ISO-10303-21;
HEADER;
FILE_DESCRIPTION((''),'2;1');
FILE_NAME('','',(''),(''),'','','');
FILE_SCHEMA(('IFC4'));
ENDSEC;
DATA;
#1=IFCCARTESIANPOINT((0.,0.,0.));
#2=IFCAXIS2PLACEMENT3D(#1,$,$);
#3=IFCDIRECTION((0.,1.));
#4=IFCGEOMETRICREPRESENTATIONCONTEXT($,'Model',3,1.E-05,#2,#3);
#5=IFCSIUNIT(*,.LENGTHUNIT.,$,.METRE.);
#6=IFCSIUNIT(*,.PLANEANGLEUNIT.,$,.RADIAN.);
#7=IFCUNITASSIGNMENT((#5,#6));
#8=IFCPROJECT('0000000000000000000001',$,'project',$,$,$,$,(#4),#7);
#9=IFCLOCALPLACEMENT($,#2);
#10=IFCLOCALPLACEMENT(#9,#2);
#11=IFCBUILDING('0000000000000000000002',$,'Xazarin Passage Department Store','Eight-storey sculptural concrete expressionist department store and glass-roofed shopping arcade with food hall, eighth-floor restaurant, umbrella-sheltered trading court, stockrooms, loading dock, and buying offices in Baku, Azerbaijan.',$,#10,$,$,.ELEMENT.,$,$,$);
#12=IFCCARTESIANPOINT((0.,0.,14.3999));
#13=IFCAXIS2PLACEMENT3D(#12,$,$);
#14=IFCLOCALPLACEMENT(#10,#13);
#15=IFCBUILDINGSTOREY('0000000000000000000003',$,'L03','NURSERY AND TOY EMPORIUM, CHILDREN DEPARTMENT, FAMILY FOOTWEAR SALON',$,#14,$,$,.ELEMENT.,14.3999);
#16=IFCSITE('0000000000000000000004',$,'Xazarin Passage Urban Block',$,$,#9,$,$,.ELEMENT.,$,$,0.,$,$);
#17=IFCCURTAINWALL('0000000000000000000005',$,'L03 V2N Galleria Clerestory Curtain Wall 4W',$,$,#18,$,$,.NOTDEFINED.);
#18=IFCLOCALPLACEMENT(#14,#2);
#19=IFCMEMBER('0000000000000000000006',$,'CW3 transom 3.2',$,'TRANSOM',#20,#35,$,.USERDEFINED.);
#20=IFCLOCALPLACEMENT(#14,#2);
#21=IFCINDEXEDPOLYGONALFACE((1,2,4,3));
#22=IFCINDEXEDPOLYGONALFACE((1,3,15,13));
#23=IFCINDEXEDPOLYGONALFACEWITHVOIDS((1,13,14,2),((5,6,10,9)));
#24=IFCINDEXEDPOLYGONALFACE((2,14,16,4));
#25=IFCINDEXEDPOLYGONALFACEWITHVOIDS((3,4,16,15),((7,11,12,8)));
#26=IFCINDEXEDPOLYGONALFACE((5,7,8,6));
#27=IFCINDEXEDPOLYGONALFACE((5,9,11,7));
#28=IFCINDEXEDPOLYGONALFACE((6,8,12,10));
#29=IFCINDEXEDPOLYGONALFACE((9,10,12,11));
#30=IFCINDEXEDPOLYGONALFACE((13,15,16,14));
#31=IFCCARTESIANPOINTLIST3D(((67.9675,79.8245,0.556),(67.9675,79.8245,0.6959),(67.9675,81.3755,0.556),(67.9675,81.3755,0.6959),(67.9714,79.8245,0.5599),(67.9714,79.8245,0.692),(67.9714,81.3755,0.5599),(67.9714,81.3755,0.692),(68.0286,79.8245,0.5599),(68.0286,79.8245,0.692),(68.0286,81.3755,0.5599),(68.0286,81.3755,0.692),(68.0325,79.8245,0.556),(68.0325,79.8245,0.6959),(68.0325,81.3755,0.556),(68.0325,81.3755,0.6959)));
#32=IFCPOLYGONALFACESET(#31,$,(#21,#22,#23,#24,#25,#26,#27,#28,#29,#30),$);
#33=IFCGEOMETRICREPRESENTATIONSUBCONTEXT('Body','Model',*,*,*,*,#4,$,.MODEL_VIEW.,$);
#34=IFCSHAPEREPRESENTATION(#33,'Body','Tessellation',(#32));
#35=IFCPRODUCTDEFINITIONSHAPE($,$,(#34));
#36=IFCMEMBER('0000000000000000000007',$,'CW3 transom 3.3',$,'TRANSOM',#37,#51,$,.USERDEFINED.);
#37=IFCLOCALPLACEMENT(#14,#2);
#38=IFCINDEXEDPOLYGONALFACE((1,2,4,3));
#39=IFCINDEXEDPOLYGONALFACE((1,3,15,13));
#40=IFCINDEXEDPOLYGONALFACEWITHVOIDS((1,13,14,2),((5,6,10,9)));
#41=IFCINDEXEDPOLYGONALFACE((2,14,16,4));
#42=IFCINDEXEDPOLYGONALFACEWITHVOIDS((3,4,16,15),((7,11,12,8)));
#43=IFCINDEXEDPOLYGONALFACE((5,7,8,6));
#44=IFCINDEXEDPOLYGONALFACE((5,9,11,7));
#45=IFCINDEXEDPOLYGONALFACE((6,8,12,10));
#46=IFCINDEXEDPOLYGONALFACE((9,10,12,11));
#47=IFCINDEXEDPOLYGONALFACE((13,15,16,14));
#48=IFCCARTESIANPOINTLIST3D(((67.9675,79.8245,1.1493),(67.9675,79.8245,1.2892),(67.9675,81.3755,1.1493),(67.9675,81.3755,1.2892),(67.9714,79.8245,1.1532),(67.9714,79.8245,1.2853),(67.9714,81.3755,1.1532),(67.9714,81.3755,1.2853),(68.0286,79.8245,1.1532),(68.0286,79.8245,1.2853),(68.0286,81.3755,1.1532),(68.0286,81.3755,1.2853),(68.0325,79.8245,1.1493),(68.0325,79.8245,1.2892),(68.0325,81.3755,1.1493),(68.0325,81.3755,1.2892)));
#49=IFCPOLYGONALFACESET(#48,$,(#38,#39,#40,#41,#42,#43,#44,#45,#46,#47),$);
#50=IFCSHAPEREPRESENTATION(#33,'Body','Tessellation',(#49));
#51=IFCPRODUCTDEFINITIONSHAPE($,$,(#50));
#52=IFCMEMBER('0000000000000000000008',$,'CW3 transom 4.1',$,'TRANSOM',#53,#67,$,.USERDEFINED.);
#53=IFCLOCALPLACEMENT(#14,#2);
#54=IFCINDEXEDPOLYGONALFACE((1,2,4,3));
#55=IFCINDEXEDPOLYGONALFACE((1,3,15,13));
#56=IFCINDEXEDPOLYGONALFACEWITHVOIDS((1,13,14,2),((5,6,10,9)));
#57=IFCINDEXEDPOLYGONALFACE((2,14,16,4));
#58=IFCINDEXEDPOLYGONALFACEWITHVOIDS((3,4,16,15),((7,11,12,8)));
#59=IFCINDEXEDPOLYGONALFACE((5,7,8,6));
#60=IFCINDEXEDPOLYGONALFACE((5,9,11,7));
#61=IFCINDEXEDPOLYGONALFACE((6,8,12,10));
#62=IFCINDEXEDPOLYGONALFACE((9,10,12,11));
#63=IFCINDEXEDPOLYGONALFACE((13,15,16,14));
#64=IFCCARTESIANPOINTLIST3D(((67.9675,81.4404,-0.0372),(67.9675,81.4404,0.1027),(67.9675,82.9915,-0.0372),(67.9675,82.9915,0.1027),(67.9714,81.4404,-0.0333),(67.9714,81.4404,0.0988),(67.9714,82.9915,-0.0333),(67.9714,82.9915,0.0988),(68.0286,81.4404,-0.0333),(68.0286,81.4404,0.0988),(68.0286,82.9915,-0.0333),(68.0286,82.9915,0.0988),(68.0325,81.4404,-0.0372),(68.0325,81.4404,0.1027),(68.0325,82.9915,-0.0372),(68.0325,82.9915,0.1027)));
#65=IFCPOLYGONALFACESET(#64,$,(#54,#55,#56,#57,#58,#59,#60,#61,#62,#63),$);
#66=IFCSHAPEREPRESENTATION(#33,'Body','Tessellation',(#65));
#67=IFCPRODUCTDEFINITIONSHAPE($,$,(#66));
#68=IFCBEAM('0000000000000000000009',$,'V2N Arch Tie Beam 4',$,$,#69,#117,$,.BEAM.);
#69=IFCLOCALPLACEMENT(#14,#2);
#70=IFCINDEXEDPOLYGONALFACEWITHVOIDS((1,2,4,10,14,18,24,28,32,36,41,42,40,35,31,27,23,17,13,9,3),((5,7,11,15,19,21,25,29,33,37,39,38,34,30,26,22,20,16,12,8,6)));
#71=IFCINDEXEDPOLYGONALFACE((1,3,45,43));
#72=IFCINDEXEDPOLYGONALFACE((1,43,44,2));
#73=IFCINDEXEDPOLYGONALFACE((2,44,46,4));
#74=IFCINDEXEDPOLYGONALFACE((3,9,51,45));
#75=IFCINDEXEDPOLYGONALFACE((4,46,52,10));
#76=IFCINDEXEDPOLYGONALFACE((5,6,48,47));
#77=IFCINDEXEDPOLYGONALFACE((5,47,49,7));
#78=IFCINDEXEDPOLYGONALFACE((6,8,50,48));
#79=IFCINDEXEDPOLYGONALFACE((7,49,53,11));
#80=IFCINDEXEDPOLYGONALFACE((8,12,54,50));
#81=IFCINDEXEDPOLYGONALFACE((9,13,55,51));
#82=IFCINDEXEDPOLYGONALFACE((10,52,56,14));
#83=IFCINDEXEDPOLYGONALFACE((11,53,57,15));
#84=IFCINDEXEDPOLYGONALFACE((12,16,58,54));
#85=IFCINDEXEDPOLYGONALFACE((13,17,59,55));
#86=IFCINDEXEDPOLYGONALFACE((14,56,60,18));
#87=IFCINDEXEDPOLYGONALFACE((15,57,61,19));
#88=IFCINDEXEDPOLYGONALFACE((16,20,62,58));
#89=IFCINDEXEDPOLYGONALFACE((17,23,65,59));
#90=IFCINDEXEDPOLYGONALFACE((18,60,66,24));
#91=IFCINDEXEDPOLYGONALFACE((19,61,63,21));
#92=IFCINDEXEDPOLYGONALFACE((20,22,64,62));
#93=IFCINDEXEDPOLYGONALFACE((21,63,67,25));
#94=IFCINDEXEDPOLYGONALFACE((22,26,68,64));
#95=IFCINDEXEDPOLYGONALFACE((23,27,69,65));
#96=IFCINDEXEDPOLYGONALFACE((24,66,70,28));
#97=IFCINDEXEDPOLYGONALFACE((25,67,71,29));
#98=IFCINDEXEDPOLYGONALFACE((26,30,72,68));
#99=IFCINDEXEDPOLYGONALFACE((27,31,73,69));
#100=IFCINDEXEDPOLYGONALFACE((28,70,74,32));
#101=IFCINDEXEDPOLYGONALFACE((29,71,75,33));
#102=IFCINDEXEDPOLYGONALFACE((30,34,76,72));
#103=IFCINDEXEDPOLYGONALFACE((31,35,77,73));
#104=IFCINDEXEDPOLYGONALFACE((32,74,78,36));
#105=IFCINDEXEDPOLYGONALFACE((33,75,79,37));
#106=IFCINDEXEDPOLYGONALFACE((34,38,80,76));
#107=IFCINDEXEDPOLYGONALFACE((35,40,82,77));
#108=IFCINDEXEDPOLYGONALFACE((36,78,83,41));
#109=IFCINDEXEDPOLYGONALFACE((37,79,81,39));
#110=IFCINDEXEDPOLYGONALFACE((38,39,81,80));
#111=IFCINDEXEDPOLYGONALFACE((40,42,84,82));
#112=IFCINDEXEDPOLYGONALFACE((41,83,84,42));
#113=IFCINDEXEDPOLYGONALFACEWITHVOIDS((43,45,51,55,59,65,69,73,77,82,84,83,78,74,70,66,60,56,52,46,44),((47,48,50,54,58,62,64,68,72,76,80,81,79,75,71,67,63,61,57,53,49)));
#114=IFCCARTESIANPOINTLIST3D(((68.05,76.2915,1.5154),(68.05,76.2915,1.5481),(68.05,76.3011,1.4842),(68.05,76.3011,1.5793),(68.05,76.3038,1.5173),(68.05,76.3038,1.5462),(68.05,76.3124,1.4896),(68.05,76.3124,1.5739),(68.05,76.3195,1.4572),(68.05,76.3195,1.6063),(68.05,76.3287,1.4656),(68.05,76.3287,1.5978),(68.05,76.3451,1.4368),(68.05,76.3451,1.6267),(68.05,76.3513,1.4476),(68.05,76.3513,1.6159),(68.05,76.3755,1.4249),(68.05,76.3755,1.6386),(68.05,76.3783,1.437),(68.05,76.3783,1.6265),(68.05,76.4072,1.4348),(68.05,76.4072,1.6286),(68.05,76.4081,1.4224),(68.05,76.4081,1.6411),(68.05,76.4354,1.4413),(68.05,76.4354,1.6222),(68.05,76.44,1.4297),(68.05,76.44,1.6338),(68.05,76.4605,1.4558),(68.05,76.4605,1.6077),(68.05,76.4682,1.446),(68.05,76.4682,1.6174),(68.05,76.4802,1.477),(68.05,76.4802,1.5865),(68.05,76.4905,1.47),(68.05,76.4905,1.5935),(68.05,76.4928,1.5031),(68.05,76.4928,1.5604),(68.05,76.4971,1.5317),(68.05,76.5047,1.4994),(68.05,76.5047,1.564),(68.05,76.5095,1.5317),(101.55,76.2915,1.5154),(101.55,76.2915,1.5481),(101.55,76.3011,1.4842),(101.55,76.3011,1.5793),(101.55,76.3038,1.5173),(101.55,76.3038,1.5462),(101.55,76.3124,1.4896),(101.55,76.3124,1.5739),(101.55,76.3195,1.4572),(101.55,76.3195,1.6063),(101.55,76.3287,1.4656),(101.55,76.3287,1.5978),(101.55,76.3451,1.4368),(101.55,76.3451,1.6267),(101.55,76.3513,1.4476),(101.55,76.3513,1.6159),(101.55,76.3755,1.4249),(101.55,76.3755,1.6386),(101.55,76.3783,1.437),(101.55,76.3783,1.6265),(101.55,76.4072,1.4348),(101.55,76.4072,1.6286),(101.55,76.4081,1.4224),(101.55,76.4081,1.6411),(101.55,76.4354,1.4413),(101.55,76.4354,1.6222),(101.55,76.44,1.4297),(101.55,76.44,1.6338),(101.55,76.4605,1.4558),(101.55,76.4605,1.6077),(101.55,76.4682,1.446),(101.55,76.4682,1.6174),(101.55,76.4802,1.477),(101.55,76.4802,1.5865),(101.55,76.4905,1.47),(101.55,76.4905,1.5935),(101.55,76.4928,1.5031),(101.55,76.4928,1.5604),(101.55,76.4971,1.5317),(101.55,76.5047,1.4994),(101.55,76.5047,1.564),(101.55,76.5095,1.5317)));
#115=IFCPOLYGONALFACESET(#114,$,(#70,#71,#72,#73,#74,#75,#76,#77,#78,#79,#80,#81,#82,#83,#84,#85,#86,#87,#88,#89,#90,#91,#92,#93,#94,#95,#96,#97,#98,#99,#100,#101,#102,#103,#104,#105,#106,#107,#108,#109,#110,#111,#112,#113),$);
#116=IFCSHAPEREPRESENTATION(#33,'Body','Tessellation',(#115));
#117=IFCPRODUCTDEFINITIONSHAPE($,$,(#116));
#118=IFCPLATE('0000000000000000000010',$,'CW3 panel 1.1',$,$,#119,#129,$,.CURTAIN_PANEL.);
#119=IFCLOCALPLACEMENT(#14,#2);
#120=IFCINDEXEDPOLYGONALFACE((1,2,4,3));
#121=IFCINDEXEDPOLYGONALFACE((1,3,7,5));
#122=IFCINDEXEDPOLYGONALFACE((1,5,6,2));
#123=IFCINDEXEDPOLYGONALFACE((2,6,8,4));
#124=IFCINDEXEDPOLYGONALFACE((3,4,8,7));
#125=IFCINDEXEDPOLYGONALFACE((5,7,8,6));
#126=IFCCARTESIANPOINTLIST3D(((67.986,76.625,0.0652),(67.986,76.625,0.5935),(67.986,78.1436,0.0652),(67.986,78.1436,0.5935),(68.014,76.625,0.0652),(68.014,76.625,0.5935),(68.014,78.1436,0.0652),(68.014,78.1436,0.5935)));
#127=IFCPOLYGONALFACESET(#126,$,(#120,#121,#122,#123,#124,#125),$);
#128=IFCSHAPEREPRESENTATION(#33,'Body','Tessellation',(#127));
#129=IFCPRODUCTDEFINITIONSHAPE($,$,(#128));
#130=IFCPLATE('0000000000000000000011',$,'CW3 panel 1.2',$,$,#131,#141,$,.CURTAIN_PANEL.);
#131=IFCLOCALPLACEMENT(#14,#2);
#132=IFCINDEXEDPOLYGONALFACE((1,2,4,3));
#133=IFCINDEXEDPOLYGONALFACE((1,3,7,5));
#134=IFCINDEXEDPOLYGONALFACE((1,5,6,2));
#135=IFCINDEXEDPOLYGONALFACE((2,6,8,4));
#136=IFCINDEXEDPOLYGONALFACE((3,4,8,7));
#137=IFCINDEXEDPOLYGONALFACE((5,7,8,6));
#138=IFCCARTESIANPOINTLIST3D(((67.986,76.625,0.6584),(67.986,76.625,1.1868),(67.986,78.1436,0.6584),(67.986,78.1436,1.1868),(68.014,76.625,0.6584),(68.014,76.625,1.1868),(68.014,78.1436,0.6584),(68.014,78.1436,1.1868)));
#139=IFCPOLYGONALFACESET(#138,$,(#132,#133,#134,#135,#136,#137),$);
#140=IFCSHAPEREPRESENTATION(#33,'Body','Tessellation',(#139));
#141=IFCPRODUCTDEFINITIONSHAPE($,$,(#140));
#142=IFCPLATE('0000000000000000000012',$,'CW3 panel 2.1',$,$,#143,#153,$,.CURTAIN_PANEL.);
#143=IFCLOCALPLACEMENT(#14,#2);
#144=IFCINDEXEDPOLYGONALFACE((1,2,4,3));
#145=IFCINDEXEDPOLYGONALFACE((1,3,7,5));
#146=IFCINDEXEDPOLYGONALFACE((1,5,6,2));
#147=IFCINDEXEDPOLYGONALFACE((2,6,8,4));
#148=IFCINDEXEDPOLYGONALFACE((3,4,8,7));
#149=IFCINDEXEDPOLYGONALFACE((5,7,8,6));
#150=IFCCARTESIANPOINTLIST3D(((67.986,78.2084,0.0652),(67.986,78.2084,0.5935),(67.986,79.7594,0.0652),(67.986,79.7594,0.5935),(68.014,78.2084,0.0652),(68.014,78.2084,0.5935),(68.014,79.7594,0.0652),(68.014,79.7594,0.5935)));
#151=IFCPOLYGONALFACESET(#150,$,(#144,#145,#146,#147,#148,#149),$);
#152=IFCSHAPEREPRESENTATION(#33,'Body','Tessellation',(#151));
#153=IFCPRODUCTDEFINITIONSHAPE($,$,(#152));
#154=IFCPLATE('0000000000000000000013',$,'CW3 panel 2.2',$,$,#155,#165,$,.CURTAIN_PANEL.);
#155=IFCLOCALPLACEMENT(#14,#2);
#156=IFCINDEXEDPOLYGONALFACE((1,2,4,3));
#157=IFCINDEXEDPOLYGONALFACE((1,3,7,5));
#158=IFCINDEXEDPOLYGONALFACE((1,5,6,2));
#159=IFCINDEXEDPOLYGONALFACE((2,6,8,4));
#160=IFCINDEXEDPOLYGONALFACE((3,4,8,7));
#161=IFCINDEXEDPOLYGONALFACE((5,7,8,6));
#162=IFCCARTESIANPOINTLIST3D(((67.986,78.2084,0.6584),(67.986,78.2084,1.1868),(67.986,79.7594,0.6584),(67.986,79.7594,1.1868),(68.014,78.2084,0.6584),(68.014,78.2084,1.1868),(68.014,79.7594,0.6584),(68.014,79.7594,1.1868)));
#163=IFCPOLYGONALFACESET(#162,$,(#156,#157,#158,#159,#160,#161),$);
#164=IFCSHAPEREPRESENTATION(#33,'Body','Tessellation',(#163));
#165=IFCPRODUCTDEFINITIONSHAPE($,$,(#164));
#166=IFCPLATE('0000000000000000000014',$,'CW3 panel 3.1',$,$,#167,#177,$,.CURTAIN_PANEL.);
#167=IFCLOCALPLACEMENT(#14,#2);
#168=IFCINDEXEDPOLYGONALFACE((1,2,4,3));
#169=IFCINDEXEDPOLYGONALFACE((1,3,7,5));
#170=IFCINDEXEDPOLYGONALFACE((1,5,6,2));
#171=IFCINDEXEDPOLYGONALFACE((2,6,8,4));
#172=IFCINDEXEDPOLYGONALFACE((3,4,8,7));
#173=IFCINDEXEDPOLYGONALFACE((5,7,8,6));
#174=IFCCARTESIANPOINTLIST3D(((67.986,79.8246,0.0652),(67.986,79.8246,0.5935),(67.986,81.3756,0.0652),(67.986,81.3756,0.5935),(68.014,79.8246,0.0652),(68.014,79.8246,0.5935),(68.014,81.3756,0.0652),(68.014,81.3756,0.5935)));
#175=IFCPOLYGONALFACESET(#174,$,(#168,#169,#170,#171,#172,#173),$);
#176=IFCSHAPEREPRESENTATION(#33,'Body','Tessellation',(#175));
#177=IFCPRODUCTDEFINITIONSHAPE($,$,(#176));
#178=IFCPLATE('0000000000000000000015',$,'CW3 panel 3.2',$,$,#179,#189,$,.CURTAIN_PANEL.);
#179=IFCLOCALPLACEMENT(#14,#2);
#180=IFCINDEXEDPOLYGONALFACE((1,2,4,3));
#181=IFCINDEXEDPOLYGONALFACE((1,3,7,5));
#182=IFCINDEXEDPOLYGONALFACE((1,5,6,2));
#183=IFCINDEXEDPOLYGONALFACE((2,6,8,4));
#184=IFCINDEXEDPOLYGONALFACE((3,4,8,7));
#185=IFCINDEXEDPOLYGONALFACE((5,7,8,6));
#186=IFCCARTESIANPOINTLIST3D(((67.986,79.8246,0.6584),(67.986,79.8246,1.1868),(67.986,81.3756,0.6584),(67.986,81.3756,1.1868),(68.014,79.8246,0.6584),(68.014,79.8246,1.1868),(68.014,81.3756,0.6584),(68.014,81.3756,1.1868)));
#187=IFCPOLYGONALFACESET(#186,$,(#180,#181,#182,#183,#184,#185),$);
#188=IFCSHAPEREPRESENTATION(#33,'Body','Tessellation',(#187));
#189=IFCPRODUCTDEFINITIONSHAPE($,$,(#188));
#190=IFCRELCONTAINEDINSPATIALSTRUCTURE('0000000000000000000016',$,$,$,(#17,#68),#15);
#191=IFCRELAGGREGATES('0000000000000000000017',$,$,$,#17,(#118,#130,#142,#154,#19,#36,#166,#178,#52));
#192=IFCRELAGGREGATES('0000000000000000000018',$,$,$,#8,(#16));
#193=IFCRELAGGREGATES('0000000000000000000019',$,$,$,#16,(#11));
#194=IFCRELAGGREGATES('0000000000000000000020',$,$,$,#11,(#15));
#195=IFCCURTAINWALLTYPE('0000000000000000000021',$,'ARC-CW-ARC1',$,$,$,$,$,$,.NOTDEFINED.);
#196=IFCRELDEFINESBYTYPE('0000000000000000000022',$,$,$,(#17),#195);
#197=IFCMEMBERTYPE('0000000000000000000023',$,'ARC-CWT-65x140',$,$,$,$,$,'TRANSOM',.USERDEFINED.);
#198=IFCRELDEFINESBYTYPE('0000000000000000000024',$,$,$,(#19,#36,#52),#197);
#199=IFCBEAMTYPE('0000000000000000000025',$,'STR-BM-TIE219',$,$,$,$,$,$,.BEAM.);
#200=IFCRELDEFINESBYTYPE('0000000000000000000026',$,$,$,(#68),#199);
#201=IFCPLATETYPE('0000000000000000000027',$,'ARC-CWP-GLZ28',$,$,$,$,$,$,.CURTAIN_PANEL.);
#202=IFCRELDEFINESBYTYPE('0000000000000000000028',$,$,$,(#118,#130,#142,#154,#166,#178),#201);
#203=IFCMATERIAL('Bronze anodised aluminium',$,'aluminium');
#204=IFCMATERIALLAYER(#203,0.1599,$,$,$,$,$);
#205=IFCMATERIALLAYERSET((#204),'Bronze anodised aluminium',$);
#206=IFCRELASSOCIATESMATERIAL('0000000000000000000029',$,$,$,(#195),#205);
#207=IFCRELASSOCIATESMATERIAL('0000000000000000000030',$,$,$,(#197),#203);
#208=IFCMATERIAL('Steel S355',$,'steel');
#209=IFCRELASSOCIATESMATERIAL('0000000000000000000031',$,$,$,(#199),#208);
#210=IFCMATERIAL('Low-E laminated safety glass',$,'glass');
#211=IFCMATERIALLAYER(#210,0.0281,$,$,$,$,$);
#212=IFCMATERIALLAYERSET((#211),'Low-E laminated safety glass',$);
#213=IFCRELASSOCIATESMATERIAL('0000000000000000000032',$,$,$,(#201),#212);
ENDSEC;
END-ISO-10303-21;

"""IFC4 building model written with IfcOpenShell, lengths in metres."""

from ifc_helpers import new_model, si_unit, direction, frame, origin, origin_2d, place, context, subcontext, project, spatial, rectangle, hollow_rectangle, hollow_circle, extrude, material, layer, layer_set, material_profile, profile_set, type_object, element, aggregate, save


model = new_model("IFC4")

# Units and contexts
model_context = context("Model", 3, precision=1e-05, world=origin(), true_north=direction((0.0, 1.0)))
body_context = subcontext(model_context, "Body", "Model", "MODEL_VIEW")
ifc_project = project(units=[si_unit("LENGTHUNIT", "METRE"), si_unit("PLANEANGLEUNIT", "RADIAN")], contexts=[model_context])

# Site, building, storey
site_placement = place(None, origin())
site = spatial("IfcSite", under=ifc_project, at=site_placement, Name="Xazarin Passage Urban Block", CompositionType="ELEMENT", RefElevation=0.0)
building_placement = place(site_placement, origin())
building = spatial("IfcBuilding", under=site, at=building_placement, Name="Xazarin Passage Department Store", Description="Eight-storey sculptural concrete expressionist department store and glass-roofed shopping arcade with food hall, eighth-floor restaurant, umbrella-sheltered trading court, stockrooms, loading dock, and buying offices in Baku, Azerbaijan.", CompositionType="ELEMENT")
storey_placement = place(building_placement, frame((0.0, 0.0, 14.3999)))
storey = spatial("IfcBuildingStorey", under=building, at=storey_placement, Name="L03", Description="NURSERY AND TOY EMPORIUM, CHILDREN DEPARTMENT, FAMILY FOOTWEAR SALON", CompositionType="ELEMENT", Elevation=14.3999)

# Curtain wall, members
ifc_material_1 = material(Name="Bronze anodised aluminium", Category="aluminium")
ifc_layer_1 = layer(ifc_material_1, 0.1599)
ifc_layer_set_1 = layer_set([ifc_layer_1], Name="Bronze anodised aluminium")
curtain_wall_type = type_object("IfcCurtainWallType", Name="ARC-CW-ARC1", PredefinedType="NOTDEFINED", material=ifc_layer_set_1)
curtain_wall_placement = place(storey_placement, origin())
curtain_wall = element("IfcCurtainWall", 1, at=curtain_wall_placement, inside=storey, type_object=curtain_wall_type, Name="L03 V2N Galleria Clerestory Curtain Wall 4W", PredefinedType="NOTDEFINED")
ifc_material_profile_1 = material_profile(ifc_material_1, hollow_rectangle(XDim=0.0649, YDim=0.1399, WallThickness=0.0039, at=origin_2d()), Name="ALU 65x140")
ifc_profile_set_1 = profile_set([ifc_material_profile_1], Name="Bronze anodised aluminium")
member_type_1 = type_object("IfcMemberType", Name="ARC-CWT-65x140", ElementType="TRANSOM", PredefinedType="USERDEFINED", material=ifc_profile_set_1)
member_1_placement = place(storey_placement, frame((68.0, 79.8245, 0.626), z_axis=(0.0, 1.0, 0.0), x_axis=(-1.0, 0.0, 0.0)))
member_1 = element("IfcMember", 2, at=member_1_placement, type_object=member_type_1, Name="CW3 transom 3.2", ObjectType="TRANSOM", PredefinedType="USERDEFINED", context=body_context, shape_type="SweptSolid", body=[
    extrude(hollow_rectangle(XDim=0.0649, YDim=0.1399, WallThickness=0.0039, at=origin_2d()), origin(), (0.0, 0.0, 1.0), 1.551),
])
member_2_placement = place(storey_placement, frame((68.0, 79.8245, 1.2192), z_axis=(0.0, 1.0, 0.0), x_axis=(-1.0, 0.0, 0.0)))
member_2 = element("IfcMember", 3, at=member_2_placement, type_object=member_type_1, Name="CW3 transom 3.3", ObjectType="TRANSOM", PredefinedType="USERDEFINED", context=body_context, shape_type="SweptSolid", body=[
    extrude(hollow_rectangle(XDim=0.0649, YDim=0.1399, WallThickness=0.0039, at=origin_2d()), origin(), (0.0, 0.0, 1.0), 1.551),
])
member_3_placement = place(storey_placement, frame((68.0, 81.4404, 0.0327), z_axis=(0.0, 1.0, 0.0), x_axis=(-1.0, 0.0, 0.0)))
member_3 = element("IfcMember", 4, at=member_3_placement, type_object=member_type_1, Name="CW3 transom 4.1", ObjectType="TRANSOM", PredefinedType="USERDEFINED", context=body_context, shape_type="SweptSolid", body=[
    extrude(hollow_rectangle(XDim=0.0649, YDim=0.1399, WallThickness=0.0039, at=origin_2d()), origin(), (0.0, 0.0, 1.0), 1.551),
])

# Beam
ifc_material_2 = material(Name="Steel S355", Category="steel")
ifc_material_profile_2 = material_profile(ifc_material_2, hollow_circle(Radius=0.1096, WallThickness=0.0125, at=origin_2d()), Name="CHS 219.1x12.5")
ifc_profile_set_2 = profile_set([ifc_material_profile_2], Name="Steel S355")
beam_type = type_object("IfcBeamType", Name="STR-BM-TIE219", PredefinedType="BEAM", material=ifc_profile_set_2)
beam_placement = place(storey_placement, frame((68.05, 76.3999, 1.5317), z_axis=(1.0, 0.0, 0.0), x_axis=(0.0, 1.0, 0.0)))
element("IfcBeam", 5, at=beam_placement, inside=storey, type_object=beam_type, Name="V2N Arch Tie Beam 4", PredefinedType="BEAM", context=body_context, shape_type="SweptSolid", body=[
    extrude(hollow_circle(Radius=0.1096, WallThickness=0.0125, at=origin_2d()), origin(), (0.0, 0.0, 1.0), 33.5),
])

# Plates
ifc_material_3 = material(Name="Low-E laminated safety glass", Category="glass")
ifc_layer_2 = layer(ifc_material_3, 0.0281)
ifc_layer_set_2 = layer_set([ifc_layer_2], Name="Low-E laminated safety glass")
plate_type = type_object("IfcPlateType", Name="ARC-CWP-GLZ28", PredefinedType="CURTAIN_PANEL", material=ifc_layer_set_2)
plate_1_placement = place(storey_placement, frame((68.0, 77.3843, 0.0652), z_axis=(0.0, 0.0, 1.0), x_axis=(0.0, 1.0, 0.0)))
plate_1 = element("IfcPlate", 6, at=plate_1_placement, type_object=plate_type, Name="CW3 panel 1.1", PredefinedType="CURTAIN_PANEL", context=body_context, shape_type="SweptSolid", body=[
    extrude(rectangle(XDim=1.5186, YDim=0.0281, at=origin_2d()), origin(), (0.0, 0.0, 1.0), 0.5283),
])
plate_2_placement = place(storey_placement, frame((68.0, 77.3843, 0.6584), z_axis=(0.0, 0.0, 1.0), x_axis=(0.0, 1.0, 0.0)))
plate_2 = element("IfcPlate", 7, at=plate_2_placement, type_object=plate_type, Name="CW3 panel 1.2", PredefinedType="CURTAIN_PANEL", context=body_context, shape_type="SweptSolid", body=[
    extrude(rectangle(XDim=1.5186, YDim=0.0281, at=origin_2d()), origin(), (0.0, 0.0, 1.0), 0.5283),
])
plate_3_placement = place(storey_placement, frame((68.0, 78.9839, 0.0652), z_axis=(0.0, 0.0, 1.0), x_axis=(0.0, 1.0, 0.0)))
plate_3 = element("IfcPlate", 8, at=plate_3_placement, type_object=plate_type, Name="CW3 panel 2.1", PredefinedType="CURTAIN_PANEL", context=body_context, shape_type="SweptSolid", body=[
    extrude(rectangle(XDim=1.551, YDim=0.0281, at=origin_2d()), origin(), (0.0, 0.0, 1.0), 0.5283),
])
plate_4_placement = place(storey_placement, frame((68.0, 78.9839, 0.6584), z_axis=(0.0, 0.0, 1.0), x_axis=(0.0, 1.0, 0.0)))
plate_4 = element("IfcPlate", 9, at=plate_4_placement, type_object=plate_type, Name="CW3 panel 2.2", PredefinedType="CURTAIN_PANEL", context=body_context, shape_type="SweptSolid", body=[
    extrude(rectangle(XDim=1.551, YDim=0.0281, at=origin_2d()), origin(), (0.0, 0.0, 1.0), 0.5283),
])
plate_5_placement = place(storey_placement, frame((68.0, 80.6001, 0.0652), z_axis=(0.0, 0.0, 1.0), x_axis=(0.0, 1.0, 0.0)))
plate_5 = element("IfcPlate", 10, at=plate_5_placement, type_object=plate_type, Name="CW3 panel 3.1", PredefinedType="CURTAIN_PANEL", context=body_context, shape_type="SweptSolid", body=[
    extrude(rectangle(XDim=1.551, YDim=0.0281, at=origin_2d()), origin(), (0.0, 0.0, 1.0), 0.5283),
])
plate_6_placement = place(storey_placement, frame((68.0, 80.6001, 0.6584), z_axis=(0.0, 0.0, 1.0), x_axis=(0.0, 1.0, 0.0)))
plate_6 = element("IfcPlate", 11, at=plate_6_placement, type_object=plate_type, Name="CW3 panel 3.2", PredefinedType="CURTAIN_PANEL", context=body_context, shape_type="SweptSolid", body=[
    extrude(rectangle(XDim=1.551, YDim=0.0281, at=origin_2d()), origin(), (0.0, 0.0, 1.0), 0.5283),
])
aggregate(curtain_wall, [plate_1, plate_2, plate_3, plate_4, member_1, member_2, plate_5, plate_6, member_3])

save(model, "model.ifc")
